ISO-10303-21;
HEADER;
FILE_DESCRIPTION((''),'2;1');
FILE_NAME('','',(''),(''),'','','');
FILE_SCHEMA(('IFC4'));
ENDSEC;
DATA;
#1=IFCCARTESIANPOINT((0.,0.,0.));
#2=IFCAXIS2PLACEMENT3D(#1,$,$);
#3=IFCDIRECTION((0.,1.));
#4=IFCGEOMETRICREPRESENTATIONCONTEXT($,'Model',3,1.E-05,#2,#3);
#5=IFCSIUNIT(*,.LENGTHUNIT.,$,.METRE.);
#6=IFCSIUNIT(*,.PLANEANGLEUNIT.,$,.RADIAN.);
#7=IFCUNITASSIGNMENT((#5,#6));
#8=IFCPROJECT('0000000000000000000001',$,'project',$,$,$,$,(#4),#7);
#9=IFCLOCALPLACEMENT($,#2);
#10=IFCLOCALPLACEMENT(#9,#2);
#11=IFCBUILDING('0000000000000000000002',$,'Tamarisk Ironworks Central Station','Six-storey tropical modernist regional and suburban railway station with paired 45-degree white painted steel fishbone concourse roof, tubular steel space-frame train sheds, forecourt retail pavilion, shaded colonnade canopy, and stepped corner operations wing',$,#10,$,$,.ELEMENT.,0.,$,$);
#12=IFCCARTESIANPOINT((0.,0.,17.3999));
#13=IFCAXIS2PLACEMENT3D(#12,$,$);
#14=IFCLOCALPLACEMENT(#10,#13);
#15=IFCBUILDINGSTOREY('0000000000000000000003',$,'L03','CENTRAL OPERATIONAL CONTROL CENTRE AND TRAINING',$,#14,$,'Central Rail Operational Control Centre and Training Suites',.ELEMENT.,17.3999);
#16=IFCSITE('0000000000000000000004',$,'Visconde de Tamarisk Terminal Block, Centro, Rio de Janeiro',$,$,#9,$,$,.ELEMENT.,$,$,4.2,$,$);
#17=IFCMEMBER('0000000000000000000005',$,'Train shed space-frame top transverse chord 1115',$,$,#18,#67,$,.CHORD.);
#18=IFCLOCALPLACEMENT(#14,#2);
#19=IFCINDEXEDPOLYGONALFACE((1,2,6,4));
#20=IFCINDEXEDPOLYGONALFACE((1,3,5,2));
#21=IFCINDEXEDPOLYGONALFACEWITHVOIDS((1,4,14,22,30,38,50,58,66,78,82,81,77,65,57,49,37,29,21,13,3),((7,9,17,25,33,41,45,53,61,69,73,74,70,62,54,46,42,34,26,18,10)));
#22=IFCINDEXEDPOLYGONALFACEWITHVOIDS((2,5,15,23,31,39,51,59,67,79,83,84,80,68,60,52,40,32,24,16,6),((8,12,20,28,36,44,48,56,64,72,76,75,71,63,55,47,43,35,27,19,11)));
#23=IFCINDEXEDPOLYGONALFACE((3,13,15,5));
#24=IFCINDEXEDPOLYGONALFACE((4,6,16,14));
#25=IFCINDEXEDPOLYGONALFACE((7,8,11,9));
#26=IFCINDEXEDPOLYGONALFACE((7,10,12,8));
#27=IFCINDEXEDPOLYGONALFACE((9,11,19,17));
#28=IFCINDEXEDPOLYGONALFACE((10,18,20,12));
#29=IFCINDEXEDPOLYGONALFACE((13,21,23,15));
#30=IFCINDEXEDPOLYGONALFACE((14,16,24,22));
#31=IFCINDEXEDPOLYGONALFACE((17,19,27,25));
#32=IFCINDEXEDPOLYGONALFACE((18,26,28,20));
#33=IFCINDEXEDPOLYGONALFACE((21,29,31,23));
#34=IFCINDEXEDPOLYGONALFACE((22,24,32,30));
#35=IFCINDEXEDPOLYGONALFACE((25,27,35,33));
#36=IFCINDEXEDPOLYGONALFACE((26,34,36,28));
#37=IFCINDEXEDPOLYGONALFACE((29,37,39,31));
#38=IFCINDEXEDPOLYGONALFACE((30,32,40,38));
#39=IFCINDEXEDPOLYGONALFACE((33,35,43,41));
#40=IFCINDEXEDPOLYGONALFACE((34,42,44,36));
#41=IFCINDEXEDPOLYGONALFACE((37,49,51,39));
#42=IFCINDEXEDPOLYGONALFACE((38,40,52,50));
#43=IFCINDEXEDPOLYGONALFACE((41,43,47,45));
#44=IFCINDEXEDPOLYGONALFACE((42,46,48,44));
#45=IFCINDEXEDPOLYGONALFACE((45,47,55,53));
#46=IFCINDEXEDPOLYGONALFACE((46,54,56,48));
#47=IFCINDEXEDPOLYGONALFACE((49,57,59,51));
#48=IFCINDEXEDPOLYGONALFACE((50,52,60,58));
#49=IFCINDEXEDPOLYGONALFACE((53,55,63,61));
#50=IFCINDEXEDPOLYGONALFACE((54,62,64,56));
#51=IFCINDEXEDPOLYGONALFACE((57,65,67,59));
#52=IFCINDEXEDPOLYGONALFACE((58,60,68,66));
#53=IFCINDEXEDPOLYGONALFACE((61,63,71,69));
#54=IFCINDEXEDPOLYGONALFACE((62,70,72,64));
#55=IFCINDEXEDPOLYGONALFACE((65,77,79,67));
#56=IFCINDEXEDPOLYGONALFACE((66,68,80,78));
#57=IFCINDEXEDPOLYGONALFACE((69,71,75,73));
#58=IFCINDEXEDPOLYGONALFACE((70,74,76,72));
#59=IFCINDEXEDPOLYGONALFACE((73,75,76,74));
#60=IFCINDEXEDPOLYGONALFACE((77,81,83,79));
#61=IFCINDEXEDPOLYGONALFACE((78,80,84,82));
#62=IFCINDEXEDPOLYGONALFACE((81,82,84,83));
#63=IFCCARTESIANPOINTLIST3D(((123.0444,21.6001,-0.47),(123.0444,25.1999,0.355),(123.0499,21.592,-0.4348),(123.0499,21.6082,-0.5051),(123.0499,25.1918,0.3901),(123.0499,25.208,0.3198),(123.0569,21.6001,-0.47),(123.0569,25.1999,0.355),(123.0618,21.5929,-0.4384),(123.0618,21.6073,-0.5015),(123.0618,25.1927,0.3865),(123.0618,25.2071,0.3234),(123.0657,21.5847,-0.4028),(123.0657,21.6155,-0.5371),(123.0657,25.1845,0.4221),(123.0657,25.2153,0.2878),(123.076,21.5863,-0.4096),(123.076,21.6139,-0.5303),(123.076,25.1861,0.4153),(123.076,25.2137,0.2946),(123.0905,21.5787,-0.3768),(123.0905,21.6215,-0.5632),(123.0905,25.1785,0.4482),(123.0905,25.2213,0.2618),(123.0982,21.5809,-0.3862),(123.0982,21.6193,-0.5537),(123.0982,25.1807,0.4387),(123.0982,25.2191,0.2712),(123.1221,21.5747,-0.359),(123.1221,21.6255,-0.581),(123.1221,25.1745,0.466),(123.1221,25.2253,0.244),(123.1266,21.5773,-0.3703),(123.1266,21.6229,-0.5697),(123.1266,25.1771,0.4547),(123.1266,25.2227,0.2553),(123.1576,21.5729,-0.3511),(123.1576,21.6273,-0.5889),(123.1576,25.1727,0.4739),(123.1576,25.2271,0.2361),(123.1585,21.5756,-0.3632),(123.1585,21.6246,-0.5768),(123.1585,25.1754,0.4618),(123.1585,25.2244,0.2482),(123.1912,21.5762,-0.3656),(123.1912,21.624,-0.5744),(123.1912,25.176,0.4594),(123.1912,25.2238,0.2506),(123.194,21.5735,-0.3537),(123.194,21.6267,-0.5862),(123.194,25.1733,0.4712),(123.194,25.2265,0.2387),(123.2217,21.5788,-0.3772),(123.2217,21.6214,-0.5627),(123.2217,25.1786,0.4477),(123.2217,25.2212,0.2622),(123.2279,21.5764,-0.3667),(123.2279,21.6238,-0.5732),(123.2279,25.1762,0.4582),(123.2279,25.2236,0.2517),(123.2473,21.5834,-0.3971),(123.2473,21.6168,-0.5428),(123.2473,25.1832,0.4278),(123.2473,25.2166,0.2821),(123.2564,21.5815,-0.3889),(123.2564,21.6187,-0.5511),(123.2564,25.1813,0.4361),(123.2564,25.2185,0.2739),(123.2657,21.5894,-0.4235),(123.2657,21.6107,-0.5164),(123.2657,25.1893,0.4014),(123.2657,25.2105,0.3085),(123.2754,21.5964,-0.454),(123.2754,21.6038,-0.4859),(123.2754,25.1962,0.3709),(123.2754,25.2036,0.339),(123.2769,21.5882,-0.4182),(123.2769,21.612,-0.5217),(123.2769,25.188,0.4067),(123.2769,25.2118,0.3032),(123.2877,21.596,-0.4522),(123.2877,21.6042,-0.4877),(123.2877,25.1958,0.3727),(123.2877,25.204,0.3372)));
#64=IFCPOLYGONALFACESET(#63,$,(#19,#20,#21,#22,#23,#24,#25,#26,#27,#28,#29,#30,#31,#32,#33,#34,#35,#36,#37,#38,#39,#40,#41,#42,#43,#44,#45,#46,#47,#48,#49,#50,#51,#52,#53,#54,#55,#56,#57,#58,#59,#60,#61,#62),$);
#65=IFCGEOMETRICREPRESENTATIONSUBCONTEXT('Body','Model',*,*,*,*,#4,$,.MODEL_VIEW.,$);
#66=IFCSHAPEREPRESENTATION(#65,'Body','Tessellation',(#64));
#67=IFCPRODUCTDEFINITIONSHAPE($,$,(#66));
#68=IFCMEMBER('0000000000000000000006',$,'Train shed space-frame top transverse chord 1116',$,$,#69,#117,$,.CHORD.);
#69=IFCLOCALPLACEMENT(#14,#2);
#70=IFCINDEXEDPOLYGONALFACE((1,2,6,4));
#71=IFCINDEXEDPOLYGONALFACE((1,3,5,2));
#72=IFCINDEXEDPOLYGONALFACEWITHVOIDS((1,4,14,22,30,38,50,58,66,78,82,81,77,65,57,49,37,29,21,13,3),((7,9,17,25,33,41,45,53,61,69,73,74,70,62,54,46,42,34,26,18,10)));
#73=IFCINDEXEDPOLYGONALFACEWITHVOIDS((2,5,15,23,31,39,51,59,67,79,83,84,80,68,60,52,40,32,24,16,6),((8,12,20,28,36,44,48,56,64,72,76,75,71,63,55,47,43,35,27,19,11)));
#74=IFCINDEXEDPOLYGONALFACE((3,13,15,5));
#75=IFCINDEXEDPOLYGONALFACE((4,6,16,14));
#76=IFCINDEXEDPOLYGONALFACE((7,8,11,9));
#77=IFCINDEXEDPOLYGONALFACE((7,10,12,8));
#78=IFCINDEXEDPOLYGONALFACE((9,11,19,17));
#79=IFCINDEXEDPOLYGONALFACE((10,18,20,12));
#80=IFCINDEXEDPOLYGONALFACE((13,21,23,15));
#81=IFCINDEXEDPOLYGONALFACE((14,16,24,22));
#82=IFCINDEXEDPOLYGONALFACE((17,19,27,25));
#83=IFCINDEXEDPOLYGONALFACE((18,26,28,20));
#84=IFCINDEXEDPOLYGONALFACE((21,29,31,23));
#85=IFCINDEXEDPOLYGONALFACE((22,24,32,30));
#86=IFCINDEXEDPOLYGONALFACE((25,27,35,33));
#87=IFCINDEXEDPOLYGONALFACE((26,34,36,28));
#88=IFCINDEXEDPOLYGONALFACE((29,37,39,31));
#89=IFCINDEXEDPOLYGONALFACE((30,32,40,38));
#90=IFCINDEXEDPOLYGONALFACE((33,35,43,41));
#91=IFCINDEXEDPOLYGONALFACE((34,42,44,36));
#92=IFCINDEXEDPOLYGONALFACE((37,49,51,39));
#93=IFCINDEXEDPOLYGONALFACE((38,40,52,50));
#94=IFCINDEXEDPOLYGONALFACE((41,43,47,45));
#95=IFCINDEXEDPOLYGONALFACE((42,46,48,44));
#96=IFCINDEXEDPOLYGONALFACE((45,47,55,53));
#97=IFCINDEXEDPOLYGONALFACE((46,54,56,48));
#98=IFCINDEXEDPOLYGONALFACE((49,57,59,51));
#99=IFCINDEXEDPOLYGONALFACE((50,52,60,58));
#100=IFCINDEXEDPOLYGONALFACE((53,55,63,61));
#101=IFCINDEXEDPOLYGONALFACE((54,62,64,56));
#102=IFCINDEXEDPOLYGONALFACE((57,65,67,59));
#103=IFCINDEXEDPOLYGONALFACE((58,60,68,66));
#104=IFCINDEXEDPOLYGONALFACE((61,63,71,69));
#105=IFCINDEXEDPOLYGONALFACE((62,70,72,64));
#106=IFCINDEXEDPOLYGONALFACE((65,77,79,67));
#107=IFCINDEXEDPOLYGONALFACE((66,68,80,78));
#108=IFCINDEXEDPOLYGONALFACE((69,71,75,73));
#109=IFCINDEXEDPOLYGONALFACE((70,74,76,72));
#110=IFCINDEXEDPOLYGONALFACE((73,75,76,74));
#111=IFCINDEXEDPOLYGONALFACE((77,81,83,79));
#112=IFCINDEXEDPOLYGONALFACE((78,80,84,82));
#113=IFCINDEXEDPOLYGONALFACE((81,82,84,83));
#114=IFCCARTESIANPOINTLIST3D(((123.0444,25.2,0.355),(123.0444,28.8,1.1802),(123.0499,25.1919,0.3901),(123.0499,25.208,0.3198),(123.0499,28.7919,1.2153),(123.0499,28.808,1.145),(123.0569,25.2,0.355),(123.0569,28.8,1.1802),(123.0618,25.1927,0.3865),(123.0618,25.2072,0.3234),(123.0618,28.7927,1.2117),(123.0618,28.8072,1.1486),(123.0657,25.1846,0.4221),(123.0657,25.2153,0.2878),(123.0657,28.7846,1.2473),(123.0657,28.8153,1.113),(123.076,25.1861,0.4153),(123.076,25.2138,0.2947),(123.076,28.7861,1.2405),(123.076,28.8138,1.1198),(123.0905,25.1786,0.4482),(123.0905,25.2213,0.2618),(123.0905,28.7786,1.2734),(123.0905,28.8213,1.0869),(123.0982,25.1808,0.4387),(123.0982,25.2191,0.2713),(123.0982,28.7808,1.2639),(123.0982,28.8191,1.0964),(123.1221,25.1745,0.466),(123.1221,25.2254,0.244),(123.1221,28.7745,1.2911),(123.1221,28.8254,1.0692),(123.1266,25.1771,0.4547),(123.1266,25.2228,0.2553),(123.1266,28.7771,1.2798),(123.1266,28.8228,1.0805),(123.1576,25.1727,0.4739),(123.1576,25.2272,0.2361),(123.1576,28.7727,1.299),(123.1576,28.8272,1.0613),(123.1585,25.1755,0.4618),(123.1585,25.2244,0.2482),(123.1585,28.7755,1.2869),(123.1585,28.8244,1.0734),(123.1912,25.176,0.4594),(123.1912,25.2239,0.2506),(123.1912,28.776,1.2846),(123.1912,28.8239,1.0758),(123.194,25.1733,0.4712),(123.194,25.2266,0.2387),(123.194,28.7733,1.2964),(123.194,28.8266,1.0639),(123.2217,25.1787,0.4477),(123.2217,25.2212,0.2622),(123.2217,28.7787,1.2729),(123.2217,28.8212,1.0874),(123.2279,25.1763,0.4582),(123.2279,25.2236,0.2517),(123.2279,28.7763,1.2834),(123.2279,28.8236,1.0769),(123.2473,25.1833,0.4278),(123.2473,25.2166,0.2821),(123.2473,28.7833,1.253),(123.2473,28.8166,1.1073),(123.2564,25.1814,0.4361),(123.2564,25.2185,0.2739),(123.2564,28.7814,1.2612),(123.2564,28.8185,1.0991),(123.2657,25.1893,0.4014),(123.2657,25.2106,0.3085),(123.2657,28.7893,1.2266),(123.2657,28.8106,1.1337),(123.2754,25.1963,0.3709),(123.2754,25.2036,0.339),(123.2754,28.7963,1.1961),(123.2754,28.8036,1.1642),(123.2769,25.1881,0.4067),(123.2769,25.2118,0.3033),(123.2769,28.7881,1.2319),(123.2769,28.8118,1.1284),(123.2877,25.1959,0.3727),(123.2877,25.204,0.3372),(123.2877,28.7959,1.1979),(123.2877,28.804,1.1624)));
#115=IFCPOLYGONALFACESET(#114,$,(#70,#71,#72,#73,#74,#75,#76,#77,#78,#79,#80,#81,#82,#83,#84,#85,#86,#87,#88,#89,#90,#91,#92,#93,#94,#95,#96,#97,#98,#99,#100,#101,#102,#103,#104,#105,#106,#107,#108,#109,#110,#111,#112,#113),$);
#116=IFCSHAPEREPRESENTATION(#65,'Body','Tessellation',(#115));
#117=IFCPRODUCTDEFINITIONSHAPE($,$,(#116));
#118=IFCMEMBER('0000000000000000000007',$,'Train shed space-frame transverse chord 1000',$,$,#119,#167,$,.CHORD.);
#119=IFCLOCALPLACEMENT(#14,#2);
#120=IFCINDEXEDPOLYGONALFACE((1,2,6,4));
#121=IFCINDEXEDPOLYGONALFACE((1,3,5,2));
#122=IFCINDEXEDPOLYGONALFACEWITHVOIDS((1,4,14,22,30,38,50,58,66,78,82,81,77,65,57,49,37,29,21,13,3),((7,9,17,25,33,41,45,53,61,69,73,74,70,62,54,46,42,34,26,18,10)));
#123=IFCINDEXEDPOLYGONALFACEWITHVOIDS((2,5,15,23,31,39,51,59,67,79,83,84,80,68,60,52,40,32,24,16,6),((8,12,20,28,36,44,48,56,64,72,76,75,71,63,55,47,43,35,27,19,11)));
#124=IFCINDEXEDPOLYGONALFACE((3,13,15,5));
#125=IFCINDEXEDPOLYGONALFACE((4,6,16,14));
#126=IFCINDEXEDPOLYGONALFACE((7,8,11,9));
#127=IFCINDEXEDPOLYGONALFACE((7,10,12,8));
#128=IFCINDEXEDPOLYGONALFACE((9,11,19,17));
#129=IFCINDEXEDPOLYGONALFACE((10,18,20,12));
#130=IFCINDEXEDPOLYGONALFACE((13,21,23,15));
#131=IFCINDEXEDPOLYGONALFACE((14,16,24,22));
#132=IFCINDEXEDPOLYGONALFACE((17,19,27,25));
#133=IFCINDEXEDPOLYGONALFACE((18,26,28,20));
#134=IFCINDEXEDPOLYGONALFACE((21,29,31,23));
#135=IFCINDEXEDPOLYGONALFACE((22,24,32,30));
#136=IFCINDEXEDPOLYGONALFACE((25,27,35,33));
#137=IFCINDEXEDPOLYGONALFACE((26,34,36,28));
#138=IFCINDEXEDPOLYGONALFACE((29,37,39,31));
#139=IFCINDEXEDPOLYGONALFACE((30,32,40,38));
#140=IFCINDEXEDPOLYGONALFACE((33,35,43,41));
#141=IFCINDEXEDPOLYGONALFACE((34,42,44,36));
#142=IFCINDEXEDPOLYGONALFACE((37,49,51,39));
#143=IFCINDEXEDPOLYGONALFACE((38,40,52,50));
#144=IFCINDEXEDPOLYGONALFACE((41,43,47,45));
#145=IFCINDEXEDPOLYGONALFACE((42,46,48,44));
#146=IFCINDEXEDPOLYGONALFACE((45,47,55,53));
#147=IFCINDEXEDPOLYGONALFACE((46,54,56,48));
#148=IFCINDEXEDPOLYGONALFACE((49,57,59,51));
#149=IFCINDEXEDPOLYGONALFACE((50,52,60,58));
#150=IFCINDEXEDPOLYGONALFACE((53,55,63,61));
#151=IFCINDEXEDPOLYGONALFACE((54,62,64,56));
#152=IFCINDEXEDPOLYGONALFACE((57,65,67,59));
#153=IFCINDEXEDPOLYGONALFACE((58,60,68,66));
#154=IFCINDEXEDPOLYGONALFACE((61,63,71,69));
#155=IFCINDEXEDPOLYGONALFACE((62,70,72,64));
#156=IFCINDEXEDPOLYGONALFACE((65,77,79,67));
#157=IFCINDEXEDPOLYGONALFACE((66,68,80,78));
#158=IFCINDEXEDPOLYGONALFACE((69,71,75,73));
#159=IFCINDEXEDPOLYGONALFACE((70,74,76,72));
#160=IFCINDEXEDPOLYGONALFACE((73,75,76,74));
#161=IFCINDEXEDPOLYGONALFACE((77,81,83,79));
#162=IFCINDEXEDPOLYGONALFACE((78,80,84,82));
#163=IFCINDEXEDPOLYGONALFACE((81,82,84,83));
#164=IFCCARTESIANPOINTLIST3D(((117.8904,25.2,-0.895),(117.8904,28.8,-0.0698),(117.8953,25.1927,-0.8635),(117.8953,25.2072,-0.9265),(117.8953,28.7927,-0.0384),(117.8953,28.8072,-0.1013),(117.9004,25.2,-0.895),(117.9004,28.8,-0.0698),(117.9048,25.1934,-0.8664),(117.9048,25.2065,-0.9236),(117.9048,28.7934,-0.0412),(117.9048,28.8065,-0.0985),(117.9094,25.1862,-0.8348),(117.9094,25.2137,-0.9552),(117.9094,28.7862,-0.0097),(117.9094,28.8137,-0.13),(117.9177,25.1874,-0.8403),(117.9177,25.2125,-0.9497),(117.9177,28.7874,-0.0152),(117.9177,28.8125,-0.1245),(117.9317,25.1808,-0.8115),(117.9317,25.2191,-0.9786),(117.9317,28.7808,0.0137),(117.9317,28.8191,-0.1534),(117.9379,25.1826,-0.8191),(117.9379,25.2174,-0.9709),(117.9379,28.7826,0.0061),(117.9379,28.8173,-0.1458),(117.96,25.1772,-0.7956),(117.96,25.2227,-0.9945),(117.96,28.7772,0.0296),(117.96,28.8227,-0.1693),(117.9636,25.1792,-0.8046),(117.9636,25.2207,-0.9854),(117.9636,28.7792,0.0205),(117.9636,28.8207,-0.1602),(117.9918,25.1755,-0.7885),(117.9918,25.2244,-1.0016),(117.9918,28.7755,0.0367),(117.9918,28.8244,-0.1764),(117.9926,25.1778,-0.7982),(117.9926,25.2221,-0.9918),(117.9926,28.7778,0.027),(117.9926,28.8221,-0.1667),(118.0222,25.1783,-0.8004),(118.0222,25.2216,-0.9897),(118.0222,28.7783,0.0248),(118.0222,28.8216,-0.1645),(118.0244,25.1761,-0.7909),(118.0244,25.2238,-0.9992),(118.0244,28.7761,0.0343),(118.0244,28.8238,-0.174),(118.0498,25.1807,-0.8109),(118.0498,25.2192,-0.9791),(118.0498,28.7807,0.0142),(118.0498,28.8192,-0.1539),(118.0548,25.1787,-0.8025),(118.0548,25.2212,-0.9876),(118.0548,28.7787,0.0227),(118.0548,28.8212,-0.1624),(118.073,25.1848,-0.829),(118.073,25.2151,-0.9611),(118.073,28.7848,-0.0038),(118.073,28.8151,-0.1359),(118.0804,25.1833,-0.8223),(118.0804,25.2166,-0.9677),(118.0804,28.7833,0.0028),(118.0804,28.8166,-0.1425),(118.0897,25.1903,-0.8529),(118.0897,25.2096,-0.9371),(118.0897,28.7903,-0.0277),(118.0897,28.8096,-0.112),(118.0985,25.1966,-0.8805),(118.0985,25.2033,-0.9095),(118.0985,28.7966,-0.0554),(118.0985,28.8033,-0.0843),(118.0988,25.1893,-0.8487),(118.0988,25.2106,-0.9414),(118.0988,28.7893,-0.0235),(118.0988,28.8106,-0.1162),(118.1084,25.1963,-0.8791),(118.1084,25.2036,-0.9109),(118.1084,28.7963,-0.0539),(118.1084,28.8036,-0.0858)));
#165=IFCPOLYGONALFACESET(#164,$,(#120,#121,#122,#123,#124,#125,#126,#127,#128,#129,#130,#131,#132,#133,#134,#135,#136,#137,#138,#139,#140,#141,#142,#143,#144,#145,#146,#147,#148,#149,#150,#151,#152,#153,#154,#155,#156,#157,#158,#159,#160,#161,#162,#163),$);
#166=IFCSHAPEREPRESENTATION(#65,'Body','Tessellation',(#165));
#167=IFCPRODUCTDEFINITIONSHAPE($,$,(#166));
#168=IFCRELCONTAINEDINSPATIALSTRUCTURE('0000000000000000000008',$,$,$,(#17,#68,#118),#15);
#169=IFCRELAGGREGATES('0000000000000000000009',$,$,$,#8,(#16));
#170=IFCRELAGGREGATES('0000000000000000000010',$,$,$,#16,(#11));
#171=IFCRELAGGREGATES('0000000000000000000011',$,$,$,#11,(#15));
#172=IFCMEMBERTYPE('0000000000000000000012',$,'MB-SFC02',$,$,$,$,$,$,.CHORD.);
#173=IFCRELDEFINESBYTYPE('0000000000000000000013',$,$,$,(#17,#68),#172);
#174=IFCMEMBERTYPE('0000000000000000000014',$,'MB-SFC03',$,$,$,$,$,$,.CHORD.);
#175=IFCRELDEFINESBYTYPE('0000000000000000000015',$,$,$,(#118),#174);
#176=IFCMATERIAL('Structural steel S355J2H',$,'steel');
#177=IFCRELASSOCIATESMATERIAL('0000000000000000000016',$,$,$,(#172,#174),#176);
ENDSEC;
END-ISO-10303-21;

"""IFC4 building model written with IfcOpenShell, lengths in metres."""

from ifc_helpers import new_model, si_unit, direction, frame, origin, origin_2d, place, context, subcontext, project, spatial, hollow_circle, extrude, material, material_profile, profile_set, type_object, element, save


model = new_model("IFC4")

# Units and contexts
model_context = context("Model", 3, precision=1e-05, world=origin(), true_north=direction((0.0, 1.0)))
body_context = subcontext(model_context, "Body", "Model", "MODEL_VIEW")
ifc_project = project(units=[si_unit("LENGTHUNIT", "METRE"), si_unit("PLANEANGLEUNIT", "RADIAN")], contexts=[model_context])

# Site, building, storey
site_placement = place(None, origin())
site = spatial("IfcSite", under=ifc_project, at=site_placement, Name="Visconde de Tamarisk Terminal Block, Centro, Rio de Janeiro", CompositionType="ELEMENT", RefElevation=4.2)
building_placement = place(site_placement, origin())
building = spatial("IfcBuilding", under=site, at=building_placement, Name="Tamarisk Ironworks Central Station", Description="Six-storey tropical modernist regional and suburban railway station with paired 45-degree white painted steel fishbone concourse roof, tubular steel space-frame train sheds, forecourt retail pavilion, shaded colonnade canopy, and stepped corner operations wing", CompositionType="ELEMENT", ElevationOfRefHeight=0.0)
storey_placement = place(building_placement, frame((0.0, 0.0, 17.3999)))
storey = spatial("IfcBuildingStorey", under=building, at=storey_placement, Name="L03", Description="CENTRAL OPERATIONAL CONTROL CENTRE AND TRAINING", LongName="Central Rail Operational Control Centre and Training Suites", CompositionType="ELEMENT", Elevation=17.3999)

# Members
ifc_material_1 = material(Name="Structural steel S355J2H", Category="steel")
ifc_material_profile_1 = material_profile(ifc_material_1, hollow_circle(Radius=0.1223, WallThickness=0.0125, at=origin_2d()), Name="CHS 244.5x12.5")
ifc_profile_set_1 = profile_set([ifc_material_profile_1], Name="Structural steel S355J2H")
member_type_1 = type_object("IfcMemberType", Name="MB-SFC02", PredefinedType="CHORD", material=ifc_profile_set_1)
for number, where, z_axis, x_axis, name in (
    (1, (123.1667, 21.6001, -0.47), (0.0, 0.974733, 0.223372), (-1.0, 0.0, 0.0), "Train shed space-frame top transverse chord 1115"),
):
    element("IfcMember", number, at=place(storey_placement, frame(where, z_axis=z_axis, x_axis=x_axis)), inside=storey, type_object=member_type_1, Name=name, PredefinedType="CHORD", context=body_context, shape_type="SweptSolid", body=[
        extrude(hollow_circle(Radius=0.1223, WallThickness=0.0125, at=origin_2d()), origin(), (0.0, 0.0, 1.0), 3.6931),
    ])
member_1_placement = place(storey_placement, frame((123.1667, 25.2, 0.355), z_axis=(0.0, 0.974722, 0.223421), x_axis=(-1.0, 0.0, 0.0)))
element("IfcMember", 2, at=member_1_placement, inside=storey, type_object=member_type_1, Name="Train shed space-frame top transverse chord 1116", PredefinedType="CHORD", context=body_context, shape_type="SweptSolid", body=[
    extrude(hollow_circle(Radius=0.1223, WallThickness=0.0125, at=origin_2d()), origin(), (0.0, 0.0, 1.0), 3.6934),
])
ifc_material_profile_2 = material_profile(ifc_material_1, hollow_circle(Radius=0.1096, WallThickness=0.01, at=origin_2d()), Name="CHS 219.1x10")
ifc_profile_set_2 = profile_set([ifc_material_profile_2], Name="Structural steel S355J2H")
member_type_2 = type_object("IfcMemberType", Name="MB-SFC03", PredefinedType="CHORD", material=ifc_profile_set_2)
member_2_placement = place(storey_placement, frame((118.0, 25.2, -0.895), z_axis=(0.0, 0.974722, 0.223421), x_axis=(-1.0, 0.0, 0.0)))
element("IfcMember", 3, at=member_2_placement, inside=storey, type_object=member_type_2, Name="Train shed space-frame transverse chord 1000", PredefinedType="CHORD", context=body_context, shape_type="SweptSolid", body=[
    extrude(hollow_circle(Radius=0.1096, WallThickness=0.01, at=origin_2d()), origin(), (0.0, 0.0, 1.0), 3.6934),
])

save(model, "model.ifc")
